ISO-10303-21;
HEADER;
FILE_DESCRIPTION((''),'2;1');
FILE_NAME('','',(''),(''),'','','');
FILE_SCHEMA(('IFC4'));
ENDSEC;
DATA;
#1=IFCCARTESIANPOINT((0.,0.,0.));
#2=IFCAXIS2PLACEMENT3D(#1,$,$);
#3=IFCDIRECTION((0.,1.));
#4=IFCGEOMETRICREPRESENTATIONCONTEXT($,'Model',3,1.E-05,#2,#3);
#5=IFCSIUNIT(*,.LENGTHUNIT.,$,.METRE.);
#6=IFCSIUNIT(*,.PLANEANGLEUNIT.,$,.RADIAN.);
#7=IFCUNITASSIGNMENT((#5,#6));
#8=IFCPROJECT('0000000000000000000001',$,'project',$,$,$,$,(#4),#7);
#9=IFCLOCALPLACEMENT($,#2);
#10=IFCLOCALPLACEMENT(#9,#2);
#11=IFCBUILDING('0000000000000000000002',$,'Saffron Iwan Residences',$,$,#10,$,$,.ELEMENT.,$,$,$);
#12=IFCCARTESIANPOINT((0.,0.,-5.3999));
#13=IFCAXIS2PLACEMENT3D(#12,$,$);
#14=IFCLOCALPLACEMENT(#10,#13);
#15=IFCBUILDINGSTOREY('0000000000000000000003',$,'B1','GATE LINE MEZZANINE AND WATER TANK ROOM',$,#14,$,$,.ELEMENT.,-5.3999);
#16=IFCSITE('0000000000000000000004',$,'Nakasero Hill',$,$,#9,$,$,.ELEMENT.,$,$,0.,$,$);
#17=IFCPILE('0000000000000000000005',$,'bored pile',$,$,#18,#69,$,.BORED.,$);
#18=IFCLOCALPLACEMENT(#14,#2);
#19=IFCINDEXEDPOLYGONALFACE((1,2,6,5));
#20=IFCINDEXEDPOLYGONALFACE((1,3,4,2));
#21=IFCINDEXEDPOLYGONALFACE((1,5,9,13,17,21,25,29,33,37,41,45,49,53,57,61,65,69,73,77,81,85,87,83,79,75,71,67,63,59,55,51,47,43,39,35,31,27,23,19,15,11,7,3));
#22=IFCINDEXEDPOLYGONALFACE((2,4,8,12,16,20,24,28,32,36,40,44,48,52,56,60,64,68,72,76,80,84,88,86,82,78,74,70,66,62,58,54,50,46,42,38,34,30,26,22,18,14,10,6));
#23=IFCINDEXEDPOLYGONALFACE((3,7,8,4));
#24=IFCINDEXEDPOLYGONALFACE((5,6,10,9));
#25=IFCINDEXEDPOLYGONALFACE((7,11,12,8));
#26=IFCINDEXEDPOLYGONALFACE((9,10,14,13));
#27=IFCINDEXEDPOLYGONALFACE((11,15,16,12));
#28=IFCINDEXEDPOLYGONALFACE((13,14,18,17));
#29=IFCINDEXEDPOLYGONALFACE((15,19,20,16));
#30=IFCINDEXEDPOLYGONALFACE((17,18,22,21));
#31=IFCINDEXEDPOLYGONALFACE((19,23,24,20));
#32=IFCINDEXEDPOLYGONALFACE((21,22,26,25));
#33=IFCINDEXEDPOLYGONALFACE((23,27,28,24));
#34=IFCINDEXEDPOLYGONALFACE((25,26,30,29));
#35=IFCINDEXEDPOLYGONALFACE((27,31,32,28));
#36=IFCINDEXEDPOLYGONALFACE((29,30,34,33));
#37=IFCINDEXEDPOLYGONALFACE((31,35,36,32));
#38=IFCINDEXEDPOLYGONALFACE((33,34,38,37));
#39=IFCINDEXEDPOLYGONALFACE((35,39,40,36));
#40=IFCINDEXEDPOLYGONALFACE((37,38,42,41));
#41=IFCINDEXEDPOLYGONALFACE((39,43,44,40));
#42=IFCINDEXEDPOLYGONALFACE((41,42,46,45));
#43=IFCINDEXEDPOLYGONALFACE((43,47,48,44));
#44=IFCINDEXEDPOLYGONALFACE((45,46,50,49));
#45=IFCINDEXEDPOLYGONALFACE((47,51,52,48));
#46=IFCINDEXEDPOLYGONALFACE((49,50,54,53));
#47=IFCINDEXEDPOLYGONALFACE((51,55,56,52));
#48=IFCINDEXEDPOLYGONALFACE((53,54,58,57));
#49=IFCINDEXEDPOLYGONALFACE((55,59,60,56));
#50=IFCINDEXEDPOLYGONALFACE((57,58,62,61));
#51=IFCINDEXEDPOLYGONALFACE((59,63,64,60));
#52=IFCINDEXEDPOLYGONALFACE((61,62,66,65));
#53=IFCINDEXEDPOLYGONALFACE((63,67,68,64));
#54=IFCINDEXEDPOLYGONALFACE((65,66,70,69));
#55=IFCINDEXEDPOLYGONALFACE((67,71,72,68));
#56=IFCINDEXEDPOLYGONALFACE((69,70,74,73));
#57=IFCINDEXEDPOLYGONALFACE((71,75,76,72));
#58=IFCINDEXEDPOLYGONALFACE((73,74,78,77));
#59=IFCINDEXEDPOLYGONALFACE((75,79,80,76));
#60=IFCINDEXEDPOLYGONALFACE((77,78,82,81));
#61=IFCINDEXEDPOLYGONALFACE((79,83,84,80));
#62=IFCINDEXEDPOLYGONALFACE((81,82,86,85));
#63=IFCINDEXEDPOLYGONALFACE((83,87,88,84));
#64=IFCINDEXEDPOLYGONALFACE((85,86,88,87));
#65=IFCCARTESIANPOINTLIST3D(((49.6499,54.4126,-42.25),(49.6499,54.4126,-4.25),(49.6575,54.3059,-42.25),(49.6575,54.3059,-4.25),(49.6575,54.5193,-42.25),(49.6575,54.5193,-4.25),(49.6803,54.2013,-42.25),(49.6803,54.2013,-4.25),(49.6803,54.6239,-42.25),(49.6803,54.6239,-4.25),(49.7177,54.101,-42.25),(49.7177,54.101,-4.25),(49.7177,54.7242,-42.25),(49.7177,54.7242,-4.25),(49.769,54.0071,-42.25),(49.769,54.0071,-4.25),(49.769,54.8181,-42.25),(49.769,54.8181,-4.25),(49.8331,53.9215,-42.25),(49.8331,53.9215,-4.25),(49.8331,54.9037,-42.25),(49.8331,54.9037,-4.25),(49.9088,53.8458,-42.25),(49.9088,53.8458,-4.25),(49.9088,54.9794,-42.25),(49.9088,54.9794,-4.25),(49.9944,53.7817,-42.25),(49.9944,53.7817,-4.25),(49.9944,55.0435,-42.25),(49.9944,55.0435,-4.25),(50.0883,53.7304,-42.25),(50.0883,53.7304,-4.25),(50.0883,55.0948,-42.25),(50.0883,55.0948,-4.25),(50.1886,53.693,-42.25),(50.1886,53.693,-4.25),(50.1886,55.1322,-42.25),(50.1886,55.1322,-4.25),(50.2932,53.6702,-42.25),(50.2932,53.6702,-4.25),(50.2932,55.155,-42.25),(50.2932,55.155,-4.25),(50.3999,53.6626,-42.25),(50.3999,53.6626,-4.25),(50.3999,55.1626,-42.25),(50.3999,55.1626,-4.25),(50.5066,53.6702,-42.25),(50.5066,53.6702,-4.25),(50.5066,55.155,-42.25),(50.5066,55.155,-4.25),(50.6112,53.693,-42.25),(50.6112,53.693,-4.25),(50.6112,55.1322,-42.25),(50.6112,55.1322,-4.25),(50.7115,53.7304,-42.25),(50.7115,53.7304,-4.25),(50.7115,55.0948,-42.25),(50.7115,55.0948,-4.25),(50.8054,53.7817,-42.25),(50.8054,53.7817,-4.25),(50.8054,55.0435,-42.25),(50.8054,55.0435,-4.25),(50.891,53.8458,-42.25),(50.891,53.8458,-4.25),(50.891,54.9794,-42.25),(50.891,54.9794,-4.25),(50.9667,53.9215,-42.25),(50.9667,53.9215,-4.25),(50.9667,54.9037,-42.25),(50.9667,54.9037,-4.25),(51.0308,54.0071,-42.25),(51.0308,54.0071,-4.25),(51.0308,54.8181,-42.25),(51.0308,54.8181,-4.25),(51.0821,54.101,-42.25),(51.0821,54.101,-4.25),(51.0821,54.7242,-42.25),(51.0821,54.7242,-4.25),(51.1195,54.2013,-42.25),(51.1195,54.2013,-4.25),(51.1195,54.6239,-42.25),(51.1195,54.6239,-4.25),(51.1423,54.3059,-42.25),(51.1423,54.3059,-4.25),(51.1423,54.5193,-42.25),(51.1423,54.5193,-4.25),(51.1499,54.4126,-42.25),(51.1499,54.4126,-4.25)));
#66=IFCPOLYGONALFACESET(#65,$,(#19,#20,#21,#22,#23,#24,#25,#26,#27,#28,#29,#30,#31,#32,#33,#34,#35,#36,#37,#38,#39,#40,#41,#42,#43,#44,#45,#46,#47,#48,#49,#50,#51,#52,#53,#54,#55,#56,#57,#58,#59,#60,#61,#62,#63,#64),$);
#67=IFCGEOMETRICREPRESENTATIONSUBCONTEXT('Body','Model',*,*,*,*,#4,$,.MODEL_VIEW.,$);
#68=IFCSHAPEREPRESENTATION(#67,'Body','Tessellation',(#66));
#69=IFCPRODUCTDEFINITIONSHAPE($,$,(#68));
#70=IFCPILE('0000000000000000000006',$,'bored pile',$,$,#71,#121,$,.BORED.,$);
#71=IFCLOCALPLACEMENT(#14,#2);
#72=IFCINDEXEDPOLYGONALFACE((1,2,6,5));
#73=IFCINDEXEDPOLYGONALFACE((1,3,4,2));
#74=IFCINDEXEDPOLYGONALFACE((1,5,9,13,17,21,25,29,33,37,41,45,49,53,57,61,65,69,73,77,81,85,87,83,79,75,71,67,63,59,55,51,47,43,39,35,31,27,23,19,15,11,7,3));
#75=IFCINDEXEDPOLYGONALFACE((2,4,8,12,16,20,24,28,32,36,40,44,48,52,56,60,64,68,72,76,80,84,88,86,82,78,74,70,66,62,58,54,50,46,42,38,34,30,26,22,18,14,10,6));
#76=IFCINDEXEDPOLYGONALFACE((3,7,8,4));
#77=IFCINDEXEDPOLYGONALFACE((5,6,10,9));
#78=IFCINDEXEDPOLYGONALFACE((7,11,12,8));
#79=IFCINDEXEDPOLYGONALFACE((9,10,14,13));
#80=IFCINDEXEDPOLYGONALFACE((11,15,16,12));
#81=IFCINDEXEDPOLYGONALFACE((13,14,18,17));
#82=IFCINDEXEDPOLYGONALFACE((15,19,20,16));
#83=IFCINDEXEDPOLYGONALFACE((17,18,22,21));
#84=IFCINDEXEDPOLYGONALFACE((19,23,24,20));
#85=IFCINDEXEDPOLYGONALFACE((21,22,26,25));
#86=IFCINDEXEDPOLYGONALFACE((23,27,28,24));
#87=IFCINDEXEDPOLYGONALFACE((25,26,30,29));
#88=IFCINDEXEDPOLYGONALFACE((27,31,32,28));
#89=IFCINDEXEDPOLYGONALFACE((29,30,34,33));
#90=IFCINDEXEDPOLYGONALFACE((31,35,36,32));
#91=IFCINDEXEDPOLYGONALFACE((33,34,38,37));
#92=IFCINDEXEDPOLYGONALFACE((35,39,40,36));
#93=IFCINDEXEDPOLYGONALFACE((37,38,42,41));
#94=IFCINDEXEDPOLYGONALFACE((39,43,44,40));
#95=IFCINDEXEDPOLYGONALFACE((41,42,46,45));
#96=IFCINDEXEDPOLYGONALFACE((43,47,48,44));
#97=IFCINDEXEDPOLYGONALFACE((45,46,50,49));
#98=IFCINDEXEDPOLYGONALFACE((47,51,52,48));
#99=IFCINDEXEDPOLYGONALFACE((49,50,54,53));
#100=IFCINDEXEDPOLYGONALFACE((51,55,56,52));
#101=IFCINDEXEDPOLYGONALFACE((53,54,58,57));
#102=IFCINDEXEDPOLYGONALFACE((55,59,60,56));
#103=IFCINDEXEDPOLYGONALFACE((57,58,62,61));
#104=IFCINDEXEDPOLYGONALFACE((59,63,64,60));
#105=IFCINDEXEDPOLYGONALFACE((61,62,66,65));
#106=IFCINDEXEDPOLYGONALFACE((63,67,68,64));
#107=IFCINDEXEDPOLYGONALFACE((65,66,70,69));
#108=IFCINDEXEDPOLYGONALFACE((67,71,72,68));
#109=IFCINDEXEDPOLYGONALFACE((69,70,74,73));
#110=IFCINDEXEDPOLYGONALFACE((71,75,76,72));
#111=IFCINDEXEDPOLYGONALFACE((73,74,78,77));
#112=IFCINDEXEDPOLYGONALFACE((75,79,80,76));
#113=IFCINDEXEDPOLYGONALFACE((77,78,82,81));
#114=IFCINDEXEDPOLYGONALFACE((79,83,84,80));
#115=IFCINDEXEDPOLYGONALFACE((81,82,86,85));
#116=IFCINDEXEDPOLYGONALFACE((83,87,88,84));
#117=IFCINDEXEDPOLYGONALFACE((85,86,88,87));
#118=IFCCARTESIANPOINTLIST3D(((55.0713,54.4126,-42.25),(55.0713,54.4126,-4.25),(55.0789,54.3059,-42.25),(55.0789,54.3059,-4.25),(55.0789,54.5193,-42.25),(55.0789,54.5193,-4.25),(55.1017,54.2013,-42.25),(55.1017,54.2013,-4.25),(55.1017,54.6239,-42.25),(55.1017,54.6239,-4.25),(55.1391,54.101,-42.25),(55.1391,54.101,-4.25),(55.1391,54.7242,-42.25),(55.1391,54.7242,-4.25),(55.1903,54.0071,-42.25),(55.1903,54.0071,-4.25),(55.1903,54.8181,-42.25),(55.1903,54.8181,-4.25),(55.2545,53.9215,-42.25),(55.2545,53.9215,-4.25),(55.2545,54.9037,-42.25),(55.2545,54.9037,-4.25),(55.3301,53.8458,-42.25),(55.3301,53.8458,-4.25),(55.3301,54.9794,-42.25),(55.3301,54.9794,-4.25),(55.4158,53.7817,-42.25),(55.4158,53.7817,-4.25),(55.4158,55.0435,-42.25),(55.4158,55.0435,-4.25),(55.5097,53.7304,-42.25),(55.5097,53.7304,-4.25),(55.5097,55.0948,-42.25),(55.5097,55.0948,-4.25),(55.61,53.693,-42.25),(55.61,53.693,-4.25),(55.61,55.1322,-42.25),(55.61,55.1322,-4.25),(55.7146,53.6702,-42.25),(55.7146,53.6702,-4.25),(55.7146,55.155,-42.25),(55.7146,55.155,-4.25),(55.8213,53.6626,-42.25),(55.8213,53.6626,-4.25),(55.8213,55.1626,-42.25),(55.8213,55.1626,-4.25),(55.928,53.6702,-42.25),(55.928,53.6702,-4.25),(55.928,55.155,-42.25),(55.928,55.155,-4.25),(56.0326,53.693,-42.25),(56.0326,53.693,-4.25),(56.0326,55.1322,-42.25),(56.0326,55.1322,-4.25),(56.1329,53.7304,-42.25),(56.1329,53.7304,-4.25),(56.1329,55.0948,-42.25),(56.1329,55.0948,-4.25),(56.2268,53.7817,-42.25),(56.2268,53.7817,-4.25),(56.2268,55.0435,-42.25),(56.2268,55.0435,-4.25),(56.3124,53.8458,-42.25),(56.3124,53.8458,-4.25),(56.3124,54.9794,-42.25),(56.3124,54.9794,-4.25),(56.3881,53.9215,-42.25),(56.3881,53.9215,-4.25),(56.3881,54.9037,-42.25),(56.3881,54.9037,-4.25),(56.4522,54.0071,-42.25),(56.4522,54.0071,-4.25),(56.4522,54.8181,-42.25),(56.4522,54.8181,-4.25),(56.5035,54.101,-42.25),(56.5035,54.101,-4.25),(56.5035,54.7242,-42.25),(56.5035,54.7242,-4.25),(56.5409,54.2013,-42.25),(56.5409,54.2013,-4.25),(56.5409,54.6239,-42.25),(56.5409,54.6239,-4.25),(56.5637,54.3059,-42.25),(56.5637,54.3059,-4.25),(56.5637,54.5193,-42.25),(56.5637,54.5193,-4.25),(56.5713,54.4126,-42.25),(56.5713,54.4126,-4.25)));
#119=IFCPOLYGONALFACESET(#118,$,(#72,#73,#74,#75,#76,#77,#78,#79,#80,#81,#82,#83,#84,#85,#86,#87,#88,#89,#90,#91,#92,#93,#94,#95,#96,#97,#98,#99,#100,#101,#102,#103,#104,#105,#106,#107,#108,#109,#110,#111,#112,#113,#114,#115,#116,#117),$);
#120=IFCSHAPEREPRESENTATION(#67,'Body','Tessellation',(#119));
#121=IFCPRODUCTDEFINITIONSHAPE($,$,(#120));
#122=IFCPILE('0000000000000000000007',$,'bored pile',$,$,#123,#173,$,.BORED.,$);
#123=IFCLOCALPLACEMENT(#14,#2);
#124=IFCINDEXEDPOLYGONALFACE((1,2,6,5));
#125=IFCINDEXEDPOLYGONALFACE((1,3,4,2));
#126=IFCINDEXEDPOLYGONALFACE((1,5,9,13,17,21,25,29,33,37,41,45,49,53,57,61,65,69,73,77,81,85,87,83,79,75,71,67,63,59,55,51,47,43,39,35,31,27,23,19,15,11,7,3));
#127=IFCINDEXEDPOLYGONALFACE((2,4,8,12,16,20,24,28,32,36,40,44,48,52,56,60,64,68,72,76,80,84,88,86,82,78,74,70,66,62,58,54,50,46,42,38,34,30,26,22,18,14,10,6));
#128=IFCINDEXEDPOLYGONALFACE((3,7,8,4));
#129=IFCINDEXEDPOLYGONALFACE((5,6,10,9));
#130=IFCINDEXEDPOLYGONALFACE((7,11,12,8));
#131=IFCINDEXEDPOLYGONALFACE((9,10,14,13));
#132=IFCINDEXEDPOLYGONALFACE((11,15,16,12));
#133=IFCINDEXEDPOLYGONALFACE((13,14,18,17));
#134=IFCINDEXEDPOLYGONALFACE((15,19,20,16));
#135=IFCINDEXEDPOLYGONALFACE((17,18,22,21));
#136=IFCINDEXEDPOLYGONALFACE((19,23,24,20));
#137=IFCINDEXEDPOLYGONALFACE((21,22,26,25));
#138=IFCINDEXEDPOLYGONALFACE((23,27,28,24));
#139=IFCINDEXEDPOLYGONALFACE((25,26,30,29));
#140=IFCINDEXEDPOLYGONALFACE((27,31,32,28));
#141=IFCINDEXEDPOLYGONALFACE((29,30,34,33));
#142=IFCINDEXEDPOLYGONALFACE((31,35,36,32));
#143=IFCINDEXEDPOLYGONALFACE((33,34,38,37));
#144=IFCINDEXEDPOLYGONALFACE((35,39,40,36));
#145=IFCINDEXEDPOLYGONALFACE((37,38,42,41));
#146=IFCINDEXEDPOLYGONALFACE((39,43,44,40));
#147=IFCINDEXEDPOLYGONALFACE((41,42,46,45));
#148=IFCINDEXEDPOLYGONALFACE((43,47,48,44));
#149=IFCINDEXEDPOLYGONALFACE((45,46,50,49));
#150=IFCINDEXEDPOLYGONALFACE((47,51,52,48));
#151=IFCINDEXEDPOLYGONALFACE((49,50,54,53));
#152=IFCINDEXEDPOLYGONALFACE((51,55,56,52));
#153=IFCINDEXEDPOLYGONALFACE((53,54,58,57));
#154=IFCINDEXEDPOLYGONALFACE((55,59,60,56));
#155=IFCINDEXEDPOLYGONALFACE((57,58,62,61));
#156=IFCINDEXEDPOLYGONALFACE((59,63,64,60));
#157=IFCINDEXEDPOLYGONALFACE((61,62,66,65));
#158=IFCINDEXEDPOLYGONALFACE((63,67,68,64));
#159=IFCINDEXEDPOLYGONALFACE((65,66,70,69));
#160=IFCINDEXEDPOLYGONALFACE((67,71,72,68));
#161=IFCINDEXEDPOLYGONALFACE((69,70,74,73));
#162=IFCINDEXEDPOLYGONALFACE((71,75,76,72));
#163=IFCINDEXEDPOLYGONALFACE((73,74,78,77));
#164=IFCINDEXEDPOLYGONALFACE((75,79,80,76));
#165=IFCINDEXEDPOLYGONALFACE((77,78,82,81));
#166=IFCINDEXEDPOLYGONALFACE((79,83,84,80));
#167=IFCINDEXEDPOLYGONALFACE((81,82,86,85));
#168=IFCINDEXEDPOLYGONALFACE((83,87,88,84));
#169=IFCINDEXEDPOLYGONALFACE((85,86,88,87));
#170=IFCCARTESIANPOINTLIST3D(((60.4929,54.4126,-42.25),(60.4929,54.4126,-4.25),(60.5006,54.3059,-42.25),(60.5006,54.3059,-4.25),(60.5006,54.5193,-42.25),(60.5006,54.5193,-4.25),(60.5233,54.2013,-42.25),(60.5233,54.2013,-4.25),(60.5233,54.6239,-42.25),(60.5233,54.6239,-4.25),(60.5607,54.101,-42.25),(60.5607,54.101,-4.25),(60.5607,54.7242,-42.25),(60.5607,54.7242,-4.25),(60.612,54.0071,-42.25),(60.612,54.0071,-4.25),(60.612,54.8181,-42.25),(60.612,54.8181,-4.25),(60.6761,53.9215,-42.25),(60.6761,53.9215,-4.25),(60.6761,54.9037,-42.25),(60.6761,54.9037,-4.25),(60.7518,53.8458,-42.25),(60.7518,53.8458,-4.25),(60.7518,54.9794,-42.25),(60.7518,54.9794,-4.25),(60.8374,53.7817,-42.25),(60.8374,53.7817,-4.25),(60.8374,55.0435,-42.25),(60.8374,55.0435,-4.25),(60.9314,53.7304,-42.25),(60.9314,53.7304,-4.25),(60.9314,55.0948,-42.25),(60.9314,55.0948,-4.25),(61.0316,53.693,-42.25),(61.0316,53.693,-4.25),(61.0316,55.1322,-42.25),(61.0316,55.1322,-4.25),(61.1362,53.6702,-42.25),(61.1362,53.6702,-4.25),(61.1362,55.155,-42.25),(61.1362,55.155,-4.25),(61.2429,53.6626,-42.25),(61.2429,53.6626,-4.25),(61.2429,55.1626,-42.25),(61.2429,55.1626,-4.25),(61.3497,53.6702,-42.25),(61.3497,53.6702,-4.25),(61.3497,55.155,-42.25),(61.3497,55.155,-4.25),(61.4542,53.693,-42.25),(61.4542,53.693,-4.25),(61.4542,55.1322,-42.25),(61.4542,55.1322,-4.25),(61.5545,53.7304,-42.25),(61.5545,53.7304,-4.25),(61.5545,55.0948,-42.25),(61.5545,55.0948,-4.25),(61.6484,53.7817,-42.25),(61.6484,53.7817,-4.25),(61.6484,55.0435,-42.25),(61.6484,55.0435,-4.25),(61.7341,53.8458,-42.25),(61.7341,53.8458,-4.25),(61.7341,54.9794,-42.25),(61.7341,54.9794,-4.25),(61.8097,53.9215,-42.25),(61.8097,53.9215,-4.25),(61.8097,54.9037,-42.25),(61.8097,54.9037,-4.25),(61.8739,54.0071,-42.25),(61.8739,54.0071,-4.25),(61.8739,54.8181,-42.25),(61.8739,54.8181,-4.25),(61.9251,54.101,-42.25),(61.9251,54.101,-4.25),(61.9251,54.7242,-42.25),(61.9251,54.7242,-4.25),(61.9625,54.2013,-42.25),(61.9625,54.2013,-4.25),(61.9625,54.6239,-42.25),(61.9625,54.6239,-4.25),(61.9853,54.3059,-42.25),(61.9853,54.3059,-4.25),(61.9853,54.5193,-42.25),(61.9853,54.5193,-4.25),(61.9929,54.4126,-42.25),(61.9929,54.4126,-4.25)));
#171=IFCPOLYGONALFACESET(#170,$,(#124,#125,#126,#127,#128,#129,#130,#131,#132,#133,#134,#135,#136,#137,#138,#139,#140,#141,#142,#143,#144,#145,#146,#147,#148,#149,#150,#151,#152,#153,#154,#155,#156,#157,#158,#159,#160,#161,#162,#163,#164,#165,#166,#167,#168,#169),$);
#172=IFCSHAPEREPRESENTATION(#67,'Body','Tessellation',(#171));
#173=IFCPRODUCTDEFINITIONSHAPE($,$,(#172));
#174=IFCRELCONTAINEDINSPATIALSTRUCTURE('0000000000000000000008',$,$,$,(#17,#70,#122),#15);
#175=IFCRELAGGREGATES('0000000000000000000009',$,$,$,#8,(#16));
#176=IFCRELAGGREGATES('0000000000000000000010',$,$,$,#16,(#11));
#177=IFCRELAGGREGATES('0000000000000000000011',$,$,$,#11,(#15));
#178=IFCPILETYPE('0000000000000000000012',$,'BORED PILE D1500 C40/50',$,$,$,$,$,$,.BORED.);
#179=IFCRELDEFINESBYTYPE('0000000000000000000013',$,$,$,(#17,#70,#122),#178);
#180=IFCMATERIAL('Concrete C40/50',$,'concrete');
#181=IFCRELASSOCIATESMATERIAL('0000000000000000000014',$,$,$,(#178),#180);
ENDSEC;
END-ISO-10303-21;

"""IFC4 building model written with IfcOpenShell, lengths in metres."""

from ifc_helpers import new_model, si_unit, direction, frame, origin, origin_2d, place, context, subcontext, project, spatial, circle, extrude, material, material_profile, profile_set, type_object, element, save


model = new_model("IFC4")

# Units and contexts
model_context = context("Model", 3, precision=1e-05, world=origin(), true_north=direction((0.0, 1.0)))
body_context = subcontext(model_context, "Body", "Model", "MODEL_VIEW")
ifc_project = project(units=[si_unit("LENGTHUNIT", "METRE"), si_unit("PLANEANGLEUNIT", "RADIAN")], contexts=[model_context])

# Site, building, storey
site_placement = place(None, origin())
site = spatial("IfcSite", under=ifc_project, at=site_placement, Name="Nakasero Hill", CompositionType="ELEMENT", RefElevation=0.0)
building_placement = place(site_placement, origin())
building = spatial("IfcBuilding", under=site, at=building_placement, Name="Saffron Iwan Residences", CompositionType="ELEMENT")
storey_placement = place(building_placement, frame((0.0, 0.0, -5.3999)))
storey = spatial("IfcBuildingStorey", under=building, at=storey_placement, Name="B1", Description="GATE LINE MEZZANINE AND WATER TANK ROOM", CompositionType="ELEMENT", Elevation=-5.3999)

# Piles
ifc_material_1 = material(Name="Concrete C40/50", Category="concrete")
ifc_material_profile = material_profile(ifc_material_1, circle(Radius=0.75, at=origin_2d()), Name="RC D1500")
ifc_profile_set = profile_set([ifc_material_profile], Name="Concrete C40/50")
pile_type = type_object("IfcPileType", Name="BORED PILE D1500 C40/50", PredefinedType="BORED", material=ifc_profile_set)
for number, where, z_axis, x_axis, name in (
    (1, (50.3999, 54.4126, -4.25), (0.0, 0.0, -1.0), (1.0, 0.0, 0.0), "bored pile"),
    (2, (55.8213, 54.4126, -4.25), (0.0, 0.0, -1.0), (1.0, 0.0, 0.0), "bored pile"),
    (3, (61.2429, 54.4126, -4.25), (0.0, 0.0, -1.0), (1.0, 0.0, 0.0), "bored pile"),
):
    element("IfcPile", number, at=place(storey_placement, frame(where, z_axis=z_axis, x_axis=x_axis)), inside=storey, type_object=pile_type, Name=name, PredefinedType="BORED", context=body_context, shape_type="SweptSolid", body=[
        extrude(circle(Radius=0.75, at=origin_2d()), origin(), (0.0, 0.0, 1.0), 38.0),
    ])

save(model, "model.ifc")
